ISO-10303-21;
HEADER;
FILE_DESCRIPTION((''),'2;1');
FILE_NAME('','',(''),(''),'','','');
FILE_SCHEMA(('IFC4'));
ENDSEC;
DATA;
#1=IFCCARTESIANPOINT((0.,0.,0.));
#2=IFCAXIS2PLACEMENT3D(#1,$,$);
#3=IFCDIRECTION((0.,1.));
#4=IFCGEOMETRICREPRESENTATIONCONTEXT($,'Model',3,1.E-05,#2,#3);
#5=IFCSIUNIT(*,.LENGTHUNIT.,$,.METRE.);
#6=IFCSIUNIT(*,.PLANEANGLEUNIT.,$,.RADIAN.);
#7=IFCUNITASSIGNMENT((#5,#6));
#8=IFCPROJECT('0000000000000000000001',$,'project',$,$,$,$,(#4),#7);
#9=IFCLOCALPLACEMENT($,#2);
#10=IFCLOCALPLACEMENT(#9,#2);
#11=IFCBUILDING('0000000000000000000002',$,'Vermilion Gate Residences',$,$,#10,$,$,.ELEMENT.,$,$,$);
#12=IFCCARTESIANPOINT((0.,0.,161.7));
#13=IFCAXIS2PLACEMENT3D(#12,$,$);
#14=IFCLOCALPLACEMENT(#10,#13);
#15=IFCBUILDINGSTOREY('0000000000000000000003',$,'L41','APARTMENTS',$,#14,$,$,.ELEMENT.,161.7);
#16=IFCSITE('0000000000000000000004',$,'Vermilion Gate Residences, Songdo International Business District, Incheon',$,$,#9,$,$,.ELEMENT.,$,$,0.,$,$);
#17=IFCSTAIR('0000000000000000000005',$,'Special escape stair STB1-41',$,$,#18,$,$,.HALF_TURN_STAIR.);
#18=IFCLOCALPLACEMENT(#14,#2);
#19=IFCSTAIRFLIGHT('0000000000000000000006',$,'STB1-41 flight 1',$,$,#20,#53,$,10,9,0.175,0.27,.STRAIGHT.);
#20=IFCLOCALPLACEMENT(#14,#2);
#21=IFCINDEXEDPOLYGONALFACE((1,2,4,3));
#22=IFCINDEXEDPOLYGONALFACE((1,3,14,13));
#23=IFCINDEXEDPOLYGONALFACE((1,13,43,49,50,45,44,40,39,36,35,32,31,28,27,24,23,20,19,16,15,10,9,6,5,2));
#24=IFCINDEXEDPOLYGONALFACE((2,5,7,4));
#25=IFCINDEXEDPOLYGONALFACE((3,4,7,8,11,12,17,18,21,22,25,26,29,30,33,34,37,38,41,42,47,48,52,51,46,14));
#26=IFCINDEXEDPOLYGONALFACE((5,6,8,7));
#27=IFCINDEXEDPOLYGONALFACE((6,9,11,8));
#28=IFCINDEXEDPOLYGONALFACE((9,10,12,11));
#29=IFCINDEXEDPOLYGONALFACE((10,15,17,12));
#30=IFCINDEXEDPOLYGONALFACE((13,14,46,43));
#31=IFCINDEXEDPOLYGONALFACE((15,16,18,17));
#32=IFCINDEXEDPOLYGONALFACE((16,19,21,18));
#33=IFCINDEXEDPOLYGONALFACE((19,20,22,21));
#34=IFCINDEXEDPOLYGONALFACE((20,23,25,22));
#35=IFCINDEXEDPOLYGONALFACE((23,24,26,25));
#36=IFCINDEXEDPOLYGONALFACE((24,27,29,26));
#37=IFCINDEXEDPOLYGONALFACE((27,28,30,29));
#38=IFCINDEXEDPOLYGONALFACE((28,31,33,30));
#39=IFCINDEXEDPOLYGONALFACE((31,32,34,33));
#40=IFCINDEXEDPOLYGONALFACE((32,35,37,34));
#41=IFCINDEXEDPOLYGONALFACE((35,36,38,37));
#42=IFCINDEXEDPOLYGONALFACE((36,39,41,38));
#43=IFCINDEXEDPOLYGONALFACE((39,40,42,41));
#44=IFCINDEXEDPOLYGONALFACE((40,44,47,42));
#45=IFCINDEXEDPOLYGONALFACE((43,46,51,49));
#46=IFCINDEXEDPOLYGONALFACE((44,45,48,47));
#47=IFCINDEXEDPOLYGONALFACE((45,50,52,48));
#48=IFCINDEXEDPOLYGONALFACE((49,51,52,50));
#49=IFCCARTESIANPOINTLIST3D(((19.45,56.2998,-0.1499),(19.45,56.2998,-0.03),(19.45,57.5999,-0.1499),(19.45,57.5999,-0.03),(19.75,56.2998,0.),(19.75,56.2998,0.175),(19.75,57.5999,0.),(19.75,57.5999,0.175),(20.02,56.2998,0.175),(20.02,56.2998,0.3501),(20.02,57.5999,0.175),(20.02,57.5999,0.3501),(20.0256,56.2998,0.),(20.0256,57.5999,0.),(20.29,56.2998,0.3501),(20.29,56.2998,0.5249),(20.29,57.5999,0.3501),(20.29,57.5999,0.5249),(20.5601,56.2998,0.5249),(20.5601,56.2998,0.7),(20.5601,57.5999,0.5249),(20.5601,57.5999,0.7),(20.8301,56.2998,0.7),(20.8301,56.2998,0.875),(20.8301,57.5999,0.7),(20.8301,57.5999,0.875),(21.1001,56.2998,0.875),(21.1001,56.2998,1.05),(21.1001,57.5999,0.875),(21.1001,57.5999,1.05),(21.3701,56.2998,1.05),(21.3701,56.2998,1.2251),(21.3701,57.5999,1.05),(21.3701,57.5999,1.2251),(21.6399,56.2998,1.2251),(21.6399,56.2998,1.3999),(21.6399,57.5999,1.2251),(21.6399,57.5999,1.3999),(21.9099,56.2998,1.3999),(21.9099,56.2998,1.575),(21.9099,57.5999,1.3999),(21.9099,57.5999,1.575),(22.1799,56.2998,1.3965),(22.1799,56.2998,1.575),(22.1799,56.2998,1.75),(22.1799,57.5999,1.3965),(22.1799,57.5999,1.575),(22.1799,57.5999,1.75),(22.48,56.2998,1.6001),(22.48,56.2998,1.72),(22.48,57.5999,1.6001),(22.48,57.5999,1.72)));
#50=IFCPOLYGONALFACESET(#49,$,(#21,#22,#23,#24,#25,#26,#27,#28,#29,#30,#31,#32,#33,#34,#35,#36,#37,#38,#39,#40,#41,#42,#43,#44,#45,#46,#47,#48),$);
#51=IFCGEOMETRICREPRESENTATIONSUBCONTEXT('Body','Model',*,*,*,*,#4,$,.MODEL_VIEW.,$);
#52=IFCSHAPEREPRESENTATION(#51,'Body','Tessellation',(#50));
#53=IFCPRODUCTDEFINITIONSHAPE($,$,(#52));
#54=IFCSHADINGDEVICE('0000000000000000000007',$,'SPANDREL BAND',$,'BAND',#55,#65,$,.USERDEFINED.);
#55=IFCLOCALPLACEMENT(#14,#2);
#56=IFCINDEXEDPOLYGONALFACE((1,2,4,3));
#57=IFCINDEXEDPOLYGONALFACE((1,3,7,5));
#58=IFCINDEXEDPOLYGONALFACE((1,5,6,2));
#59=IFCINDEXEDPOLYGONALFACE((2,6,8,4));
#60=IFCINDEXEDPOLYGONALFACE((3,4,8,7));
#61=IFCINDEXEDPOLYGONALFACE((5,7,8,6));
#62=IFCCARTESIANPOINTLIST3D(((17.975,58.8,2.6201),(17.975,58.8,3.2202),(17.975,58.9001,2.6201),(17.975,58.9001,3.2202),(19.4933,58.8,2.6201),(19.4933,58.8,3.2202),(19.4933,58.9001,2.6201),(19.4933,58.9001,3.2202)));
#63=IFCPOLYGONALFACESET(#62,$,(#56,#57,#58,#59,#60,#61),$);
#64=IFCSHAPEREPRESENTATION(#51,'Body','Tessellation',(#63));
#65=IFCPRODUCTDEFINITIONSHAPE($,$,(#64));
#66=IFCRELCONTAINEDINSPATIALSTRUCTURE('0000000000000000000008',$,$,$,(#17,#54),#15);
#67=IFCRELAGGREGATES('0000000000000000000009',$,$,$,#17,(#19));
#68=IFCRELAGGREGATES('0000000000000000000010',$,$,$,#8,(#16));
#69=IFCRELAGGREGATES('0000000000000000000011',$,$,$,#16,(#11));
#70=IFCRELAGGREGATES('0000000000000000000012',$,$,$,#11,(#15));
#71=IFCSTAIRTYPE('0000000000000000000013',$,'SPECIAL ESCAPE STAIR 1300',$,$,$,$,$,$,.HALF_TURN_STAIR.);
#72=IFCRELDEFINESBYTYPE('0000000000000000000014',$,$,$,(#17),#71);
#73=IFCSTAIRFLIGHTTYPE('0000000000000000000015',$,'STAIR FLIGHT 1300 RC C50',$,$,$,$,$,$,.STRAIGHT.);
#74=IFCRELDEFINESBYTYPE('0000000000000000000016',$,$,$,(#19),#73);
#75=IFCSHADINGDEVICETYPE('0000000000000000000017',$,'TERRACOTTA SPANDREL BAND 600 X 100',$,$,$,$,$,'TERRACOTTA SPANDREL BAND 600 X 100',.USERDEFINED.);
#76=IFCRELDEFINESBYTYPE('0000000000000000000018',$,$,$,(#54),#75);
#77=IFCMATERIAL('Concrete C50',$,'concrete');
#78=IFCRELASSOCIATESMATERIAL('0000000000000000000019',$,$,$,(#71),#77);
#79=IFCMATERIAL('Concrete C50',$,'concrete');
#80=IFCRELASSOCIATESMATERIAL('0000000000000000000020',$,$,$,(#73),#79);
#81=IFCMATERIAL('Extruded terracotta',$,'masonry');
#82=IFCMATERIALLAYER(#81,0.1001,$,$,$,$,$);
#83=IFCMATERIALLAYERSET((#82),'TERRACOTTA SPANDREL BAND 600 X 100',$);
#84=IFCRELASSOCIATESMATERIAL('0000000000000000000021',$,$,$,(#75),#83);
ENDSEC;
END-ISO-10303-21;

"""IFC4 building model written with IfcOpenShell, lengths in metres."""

from ifc_helpers import new_model, si_unit, direction, frame, origin, origin_2d, place, context, subcontext, project, spatial, polyline, rectangle, outline, extrude, material, layer, layer_set, type_object, element, aggregate, save


model = new_model("IFC4")

# Units and contexts
model_context = context("Model", 3, precision=1e-05, world=origin(), true_north=direction((0.0, 1.0)))
body_context = subcontext(model_context, "Body", "Model", "MODEL_VIEW")
ifc_project = project(units=[si_unit("LENGTHUNIT", "METRE"), si_unit("PLANEANGLEUNIT", "RADIAN")], contexts=[model_context])

# Site, building, storey
site_placement = place(None, origin())
site = spatial("IfcSite", under=ifc_project, at=site_placement, Name="Vermilion Gate Residences, Songdo International Business District, Incheon", CompositionType="ELEMENT", RefElevation=0.0)
building_placement = place(site_placement, origin())
building = spatial("IfcBuilding", under=site, at=building_placement, Name="Vermilion Gate Residences", CompositionType="ELEMENT")
storey_placement = place(building_placement, frame((0.0, 0.0, 161.7)))
storey = spatial("IfcBuildingStorey", under=building, at=storey_placement, Name="L41", Description="APARTMENTS", CompositionType="ELEMENT", Elevation=161.7)

# Stair, stair flight
ifc_material_1 = material(Name="Concrete C50", Category="concrete")
stair_type = type_object("IfcStairType", Name="SPECIAL ESCAPE STAIR 1300", PredefinedType="HALF_TURN_STAIR", material=ifc_material_1)
stair_placement = place(storey_placement, origin())
stair = element("IfcStair", 1, at=stair_placement, inside=storey, type_object=stair_type, Name="Special escape stair STB1-41", PredefinedType="HALF_TURN_STAIR")
ifc_material_2 = material(Name="Concrete C50", Category="concrete")
stair_flight_type = type_object("IfcStairFlightType", Name="STAIR FLIGHT 1300 RC C50", PredefinedType="STRAIGHT", material=ifc_material_2)
stair_flight_placement = place(storey_placement, frame((19.75, 56.95, 0.0), z_axis=(0.0, 0.0, 1.0), x_axis=(1.0, 0.0, 0.0)))
stair_flight = element("IfcStairFlight", 2, at=stair_flight_placement, type_object=stair_flight_type, Name="STB1-41 flight 1", NumberOfRisers=10, NumberOfTreads=9, PredefinedType="STRAIGHT", RiserHeight=0.175, TreadLength=0.27, context=body_context, shape_type="SweptSolid", body=[
    extrude(outline(polyline([(-0.3, -0.1499), (-0.3, -0.03), (0.0, 0.0), (0.0, 0.175), (0.27, 0.175), (0.27, 0.3501), (0.54, 0.3501), (0.54, 0.5249), (0.8101, 0.5249), (0.8101, 0.7), (1.0801, 0.7), (1.0801, 0.875), (1.3501, 0.875), (1.3501, 1.05), (1.6201, 1.05), (1.6201, 1.2251), (1.8899, 1.2251), (1.8899, 1.3999), (2.1599, 1.3999), (2.1599, 1.575), (2.4299, 1.575), (2.4299, 1.75), (2.73, 1.72), (2.73, 1.6001), (2.4299, 1.3965), (0.2756, 0.0), (-0.3, -0.1499)])), frame((0.0, 0.6499, 0.0), z_axis=(0.0, -1.0, 0.0), x_axis=(1.0, 0.0, 0.0)), (0.0, 0.0, 1.0), 1.3),
])
aggregate(stair, [stair_flight])

# Shading device
ifc_material_3 = material(Name="Extruded terracotta", Category="masonry")
ifc_layer_1 = layer(ifc_material_3, 0.1001)
ifc_layer_set_1 = layer_set([ifc_layer_1], Name="TERRACOTTA SPANDREL BAND 600 X 100")
shading_device_type = type_object("IfcShadingDeviceType", Name="TERRACOTTA SPANDREL BAND 600 X 100", ElementType="TERRACOTTA SPANDREL BAND 600 X 100", PredefinedType="USERDEFINED", material=ifc_layer_set_1)
shading_device_placement = place(storey_placement, frame((18.7341, 58.8501, 2.6201), z_axis=(0.0, 0.0, 1.0), x_axis=(1.0, 0.0, 0.0)))
element("IfcShadingDevice", 3, at=shading_device_placement, inside=storey, type_object=shading_device_type, Name="SPANDREL BAND", ObjectType="BAND", PredefinedType="USERDEFINED", context=body_context, shape_type="SweptSolid", body=[
    extrude(rectangle(XDim=1.5183, YDim=0.1001, at=origin_2d()), origin(), (0.0, 0.0, 1.0), 0.6001),
])

save(model, "model.ifc")
